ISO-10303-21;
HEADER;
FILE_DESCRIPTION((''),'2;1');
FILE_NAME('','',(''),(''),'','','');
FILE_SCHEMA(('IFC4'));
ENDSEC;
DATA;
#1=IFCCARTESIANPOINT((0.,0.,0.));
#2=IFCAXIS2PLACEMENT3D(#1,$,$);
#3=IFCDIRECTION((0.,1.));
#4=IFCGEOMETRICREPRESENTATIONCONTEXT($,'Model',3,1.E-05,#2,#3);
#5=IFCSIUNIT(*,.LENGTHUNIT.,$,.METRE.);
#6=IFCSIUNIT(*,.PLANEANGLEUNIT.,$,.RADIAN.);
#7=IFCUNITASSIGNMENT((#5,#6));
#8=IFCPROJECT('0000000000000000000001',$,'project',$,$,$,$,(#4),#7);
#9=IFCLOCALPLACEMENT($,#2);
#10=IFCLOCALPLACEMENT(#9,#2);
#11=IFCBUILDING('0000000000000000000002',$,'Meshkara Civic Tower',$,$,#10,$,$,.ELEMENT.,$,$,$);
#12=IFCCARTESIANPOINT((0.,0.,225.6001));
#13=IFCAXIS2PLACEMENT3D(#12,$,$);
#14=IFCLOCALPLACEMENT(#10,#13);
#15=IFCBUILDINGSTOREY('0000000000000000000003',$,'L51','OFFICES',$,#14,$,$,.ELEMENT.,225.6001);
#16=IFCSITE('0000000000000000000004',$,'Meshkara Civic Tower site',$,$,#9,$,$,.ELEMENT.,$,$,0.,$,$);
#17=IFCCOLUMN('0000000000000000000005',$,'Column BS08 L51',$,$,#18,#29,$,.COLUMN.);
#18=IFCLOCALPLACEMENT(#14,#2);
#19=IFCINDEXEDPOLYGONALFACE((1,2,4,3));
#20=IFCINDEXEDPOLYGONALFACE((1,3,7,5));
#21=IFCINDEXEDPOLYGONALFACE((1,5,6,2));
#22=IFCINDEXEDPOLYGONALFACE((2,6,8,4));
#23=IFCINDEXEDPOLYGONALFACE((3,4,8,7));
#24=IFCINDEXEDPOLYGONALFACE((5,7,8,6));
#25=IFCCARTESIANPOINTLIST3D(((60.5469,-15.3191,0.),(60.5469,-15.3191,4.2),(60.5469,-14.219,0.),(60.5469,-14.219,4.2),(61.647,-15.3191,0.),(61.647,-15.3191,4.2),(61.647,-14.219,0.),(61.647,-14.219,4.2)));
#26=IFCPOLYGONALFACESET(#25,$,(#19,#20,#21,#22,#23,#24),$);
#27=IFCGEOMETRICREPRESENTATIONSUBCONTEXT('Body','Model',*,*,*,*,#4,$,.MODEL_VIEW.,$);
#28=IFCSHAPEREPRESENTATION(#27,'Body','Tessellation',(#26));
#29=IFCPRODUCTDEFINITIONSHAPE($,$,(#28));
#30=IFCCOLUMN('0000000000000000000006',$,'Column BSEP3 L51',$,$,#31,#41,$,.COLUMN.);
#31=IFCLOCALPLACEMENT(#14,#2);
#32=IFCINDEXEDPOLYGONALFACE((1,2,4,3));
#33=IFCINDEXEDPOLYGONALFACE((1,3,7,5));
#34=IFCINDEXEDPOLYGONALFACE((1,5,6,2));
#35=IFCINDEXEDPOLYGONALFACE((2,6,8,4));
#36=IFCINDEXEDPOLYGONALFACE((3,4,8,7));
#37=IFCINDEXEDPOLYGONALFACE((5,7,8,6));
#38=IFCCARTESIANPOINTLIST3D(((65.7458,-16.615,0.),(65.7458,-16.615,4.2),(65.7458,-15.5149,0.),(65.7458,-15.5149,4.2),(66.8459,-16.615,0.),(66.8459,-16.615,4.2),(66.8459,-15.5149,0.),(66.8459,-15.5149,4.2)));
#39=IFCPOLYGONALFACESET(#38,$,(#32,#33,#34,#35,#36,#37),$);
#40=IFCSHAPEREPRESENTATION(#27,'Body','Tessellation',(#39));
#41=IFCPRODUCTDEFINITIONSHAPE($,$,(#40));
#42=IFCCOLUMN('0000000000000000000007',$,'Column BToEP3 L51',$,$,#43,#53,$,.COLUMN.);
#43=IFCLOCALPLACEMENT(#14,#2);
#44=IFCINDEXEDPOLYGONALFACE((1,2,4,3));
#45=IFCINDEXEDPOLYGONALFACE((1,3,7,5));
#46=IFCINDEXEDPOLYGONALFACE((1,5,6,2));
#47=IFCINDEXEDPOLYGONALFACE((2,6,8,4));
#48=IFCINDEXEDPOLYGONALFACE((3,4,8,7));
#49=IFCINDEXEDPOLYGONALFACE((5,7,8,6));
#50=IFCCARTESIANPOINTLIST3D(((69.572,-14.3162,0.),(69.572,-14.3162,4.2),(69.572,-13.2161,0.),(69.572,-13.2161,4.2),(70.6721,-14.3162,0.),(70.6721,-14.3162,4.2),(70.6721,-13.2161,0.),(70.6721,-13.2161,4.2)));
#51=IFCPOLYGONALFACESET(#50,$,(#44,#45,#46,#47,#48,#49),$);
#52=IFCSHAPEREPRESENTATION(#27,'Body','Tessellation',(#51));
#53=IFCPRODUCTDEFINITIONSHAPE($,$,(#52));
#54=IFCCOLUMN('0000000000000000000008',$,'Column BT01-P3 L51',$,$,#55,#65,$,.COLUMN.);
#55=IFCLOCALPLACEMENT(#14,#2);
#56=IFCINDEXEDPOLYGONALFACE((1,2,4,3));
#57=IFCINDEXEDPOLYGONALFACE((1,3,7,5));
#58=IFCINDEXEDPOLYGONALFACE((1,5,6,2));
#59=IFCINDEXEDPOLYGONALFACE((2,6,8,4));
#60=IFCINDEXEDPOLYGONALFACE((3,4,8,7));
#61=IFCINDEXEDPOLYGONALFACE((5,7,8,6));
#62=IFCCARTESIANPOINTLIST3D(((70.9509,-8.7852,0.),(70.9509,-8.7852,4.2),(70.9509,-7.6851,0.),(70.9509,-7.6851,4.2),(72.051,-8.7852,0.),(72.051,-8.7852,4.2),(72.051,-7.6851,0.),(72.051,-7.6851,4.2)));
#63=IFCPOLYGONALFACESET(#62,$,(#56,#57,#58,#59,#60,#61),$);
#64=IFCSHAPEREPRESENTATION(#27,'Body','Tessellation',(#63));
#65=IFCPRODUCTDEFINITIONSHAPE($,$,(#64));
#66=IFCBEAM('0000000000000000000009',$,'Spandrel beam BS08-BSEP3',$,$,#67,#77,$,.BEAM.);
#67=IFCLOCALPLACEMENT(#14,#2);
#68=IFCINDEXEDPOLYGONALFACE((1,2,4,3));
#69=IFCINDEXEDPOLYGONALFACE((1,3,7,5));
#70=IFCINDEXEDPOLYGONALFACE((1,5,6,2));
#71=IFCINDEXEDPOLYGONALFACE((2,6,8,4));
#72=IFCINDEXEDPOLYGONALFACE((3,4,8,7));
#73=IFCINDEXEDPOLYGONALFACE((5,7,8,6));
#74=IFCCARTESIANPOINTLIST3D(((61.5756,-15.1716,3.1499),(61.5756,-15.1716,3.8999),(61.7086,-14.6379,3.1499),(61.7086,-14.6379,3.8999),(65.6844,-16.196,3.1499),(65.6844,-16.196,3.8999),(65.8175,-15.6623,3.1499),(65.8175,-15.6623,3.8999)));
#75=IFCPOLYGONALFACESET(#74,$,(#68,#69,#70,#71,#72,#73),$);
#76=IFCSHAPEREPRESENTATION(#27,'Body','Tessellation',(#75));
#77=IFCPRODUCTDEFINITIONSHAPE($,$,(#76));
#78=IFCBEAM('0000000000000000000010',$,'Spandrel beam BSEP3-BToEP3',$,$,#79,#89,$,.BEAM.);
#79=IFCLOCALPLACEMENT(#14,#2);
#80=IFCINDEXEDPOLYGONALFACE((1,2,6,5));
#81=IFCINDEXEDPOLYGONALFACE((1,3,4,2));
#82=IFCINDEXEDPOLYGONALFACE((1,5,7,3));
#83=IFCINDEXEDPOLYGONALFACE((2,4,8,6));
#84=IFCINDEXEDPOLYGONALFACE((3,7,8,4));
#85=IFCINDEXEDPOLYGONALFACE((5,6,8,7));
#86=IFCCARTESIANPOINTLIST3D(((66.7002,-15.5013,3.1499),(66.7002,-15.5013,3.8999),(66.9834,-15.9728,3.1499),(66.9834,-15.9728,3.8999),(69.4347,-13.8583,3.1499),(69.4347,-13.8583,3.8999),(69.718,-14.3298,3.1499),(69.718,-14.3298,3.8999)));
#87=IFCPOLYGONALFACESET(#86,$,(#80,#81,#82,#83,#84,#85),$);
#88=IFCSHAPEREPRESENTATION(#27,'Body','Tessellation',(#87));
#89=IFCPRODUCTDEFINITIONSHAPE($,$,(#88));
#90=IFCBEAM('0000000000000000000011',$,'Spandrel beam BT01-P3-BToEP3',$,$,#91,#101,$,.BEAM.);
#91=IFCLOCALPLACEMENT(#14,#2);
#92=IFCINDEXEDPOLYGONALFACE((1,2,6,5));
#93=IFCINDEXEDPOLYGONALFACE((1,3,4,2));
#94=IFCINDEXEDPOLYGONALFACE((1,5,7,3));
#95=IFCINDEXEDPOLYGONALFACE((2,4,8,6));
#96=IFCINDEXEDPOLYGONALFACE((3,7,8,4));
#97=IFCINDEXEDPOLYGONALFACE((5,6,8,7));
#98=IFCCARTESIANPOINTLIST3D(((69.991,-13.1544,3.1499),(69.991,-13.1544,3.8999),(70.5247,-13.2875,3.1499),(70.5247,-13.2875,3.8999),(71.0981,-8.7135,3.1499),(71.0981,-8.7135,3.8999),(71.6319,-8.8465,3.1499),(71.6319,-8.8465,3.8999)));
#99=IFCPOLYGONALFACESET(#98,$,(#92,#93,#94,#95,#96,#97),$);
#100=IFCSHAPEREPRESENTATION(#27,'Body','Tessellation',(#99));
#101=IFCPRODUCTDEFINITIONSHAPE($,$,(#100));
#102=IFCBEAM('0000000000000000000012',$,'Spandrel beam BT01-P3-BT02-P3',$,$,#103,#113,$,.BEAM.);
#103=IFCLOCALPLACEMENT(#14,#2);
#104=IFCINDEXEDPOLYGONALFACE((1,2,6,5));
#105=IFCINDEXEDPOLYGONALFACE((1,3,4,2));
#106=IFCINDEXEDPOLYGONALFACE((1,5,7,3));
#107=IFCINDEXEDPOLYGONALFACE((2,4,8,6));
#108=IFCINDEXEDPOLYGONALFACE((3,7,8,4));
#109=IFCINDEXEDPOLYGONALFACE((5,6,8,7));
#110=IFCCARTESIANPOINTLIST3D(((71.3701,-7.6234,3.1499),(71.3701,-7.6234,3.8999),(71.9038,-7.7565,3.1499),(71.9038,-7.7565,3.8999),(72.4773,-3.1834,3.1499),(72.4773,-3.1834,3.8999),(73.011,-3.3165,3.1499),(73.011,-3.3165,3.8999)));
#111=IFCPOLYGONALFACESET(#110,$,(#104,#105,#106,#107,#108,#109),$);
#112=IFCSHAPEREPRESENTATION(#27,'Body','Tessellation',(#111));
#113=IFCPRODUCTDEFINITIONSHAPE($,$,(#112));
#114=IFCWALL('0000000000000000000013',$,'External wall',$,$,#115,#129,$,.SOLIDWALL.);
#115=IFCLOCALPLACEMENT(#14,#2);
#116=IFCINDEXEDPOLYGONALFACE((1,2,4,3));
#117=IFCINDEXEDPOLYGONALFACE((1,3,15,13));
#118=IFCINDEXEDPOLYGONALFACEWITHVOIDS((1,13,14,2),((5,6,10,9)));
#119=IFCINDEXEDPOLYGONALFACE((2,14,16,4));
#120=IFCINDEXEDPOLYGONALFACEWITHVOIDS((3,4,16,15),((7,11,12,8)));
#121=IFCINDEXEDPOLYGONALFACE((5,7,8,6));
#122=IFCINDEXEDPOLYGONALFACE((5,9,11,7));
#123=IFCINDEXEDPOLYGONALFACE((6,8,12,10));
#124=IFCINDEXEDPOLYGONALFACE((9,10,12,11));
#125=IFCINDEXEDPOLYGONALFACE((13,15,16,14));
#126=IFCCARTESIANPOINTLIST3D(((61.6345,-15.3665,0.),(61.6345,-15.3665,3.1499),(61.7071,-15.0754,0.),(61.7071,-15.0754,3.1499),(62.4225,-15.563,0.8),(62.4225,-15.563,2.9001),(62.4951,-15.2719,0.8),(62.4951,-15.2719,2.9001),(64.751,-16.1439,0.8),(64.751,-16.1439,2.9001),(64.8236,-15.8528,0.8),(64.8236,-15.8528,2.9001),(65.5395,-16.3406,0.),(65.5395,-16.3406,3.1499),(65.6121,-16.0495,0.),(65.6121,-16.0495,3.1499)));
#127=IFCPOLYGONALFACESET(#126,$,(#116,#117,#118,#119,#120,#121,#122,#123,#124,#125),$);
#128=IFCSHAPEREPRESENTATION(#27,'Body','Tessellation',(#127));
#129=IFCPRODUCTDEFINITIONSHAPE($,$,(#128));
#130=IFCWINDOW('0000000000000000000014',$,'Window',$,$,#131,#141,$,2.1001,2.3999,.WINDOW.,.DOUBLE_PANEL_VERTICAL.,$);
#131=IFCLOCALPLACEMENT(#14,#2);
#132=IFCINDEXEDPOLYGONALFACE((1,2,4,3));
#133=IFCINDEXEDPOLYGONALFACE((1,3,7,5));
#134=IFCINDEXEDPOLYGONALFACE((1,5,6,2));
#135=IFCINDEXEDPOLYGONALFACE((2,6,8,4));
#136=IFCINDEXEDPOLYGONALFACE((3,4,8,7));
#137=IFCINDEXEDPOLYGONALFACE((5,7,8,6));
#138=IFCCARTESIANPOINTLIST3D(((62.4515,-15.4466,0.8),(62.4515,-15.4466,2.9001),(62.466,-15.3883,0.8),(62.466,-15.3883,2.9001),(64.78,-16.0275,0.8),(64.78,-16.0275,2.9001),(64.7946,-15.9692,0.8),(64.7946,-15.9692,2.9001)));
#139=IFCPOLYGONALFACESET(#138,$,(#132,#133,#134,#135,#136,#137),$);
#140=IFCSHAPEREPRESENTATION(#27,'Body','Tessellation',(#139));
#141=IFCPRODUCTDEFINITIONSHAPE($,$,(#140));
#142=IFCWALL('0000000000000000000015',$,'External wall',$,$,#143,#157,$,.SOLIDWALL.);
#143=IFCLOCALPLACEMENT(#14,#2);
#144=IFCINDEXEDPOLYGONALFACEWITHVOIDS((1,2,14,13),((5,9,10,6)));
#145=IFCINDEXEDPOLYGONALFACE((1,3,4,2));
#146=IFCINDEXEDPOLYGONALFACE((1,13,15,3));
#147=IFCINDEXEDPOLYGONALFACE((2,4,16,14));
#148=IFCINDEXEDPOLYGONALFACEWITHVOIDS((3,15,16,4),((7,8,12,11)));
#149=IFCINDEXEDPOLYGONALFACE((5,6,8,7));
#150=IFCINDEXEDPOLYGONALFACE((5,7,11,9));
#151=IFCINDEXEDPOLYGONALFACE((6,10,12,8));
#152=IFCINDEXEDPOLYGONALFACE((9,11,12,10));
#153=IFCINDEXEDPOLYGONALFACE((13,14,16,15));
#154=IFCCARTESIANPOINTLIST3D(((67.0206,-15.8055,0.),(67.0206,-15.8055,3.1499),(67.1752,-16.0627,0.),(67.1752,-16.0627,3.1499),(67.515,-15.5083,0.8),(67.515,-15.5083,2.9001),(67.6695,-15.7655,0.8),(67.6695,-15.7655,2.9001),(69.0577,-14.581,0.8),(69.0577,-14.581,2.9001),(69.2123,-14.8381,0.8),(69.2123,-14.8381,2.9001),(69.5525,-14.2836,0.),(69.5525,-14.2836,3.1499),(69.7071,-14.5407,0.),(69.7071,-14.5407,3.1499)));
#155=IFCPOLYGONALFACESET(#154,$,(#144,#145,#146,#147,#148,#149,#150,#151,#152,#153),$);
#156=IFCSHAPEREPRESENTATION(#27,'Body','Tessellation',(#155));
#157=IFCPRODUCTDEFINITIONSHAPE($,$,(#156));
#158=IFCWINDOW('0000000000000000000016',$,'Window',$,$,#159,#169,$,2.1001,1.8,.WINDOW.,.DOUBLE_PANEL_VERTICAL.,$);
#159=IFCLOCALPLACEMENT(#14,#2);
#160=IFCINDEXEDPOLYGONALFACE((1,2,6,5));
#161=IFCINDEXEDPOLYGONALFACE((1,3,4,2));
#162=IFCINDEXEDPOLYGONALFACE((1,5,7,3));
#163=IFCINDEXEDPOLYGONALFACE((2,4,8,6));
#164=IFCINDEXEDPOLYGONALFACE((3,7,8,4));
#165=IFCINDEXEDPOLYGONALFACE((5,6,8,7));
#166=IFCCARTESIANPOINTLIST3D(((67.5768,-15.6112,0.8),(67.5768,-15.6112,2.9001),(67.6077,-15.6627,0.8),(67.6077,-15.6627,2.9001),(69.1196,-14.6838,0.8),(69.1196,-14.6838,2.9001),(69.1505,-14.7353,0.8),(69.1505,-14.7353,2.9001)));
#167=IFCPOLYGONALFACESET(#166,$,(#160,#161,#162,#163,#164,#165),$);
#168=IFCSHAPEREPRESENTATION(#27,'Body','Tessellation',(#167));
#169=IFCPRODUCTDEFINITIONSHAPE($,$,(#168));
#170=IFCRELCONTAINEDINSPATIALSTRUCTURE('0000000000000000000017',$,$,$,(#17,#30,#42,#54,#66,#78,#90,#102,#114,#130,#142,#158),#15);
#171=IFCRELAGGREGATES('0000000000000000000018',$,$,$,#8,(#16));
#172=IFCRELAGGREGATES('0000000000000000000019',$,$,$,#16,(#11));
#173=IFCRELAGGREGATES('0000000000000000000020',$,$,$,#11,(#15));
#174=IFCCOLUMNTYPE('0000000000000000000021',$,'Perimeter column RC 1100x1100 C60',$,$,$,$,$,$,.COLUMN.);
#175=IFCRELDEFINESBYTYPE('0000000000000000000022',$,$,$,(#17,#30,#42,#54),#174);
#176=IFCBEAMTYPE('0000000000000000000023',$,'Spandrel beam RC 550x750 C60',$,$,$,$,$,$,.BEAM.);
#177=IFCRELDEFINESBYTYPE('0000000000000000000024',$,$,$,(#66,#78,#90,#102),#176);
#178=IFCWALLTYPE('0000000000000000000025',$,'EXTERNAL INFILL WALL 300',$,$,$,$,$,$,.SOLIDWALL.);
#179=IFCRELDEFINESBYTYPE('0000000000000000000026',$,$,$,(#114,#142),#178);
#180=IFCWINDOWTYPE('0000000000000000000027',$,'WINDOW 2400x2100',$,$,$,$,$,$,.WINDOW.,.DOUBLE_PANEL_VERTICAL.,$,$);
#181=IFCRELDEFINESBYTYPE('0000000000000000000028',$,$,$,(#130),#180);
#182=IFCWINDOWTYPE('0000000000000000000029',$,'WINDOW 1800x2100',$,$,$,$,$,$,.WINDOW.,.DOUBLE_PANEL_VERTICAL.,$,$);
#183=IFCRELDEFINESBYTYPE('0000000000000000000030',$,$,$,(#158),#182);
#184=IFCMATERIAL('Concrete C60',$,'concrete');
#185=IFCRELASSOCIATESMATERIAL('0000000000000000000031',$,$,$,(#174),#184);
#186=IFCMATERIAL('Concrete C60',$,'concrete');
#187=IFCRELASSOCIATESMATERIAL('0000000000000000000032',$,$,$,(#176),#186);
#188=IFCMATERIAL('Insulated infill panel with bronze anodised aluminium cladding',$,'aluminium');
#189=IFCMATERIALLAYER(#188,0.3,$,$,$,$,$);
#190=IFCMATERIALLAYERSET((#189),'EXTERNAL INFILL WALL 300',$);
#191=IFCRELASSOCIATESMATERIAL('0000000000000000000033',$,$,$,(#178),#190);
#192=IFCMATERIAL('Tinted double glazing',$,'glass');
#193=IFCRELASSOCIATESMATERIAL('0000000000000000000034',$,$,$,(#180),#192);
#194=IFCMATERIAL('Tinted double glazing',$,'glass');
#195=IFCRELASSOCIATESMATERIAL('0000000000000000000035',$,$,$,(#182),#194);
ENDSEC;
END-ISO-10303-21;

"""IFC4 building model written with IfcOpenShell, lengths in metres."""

from ifc_helpers import new_model, si_unit, direction, frame, frame_2d, origin, origin_2d, place, context, subcontext, project, spatial, rectangle, extrude, material, layer, layer_set, material_profile, profile_set, type_object, element, fill, save


model = new_model("IFC4")

# Units and contexts
model_context = context("Model", 3, precision=1e-05, world=origin(), true_north=direction((0.0, 1.0)))
body_context = subcontext(model_context, "Body", "Model", "MODEL_VIEW")
ifc_project = project(units=[si_unit("LENGTHUNIT", "METRE"), si_unit("PLANEANGLEUNIT", "RADIAN")], contexts=[model_context])

# Site, building, storey
site_placement = place(None, origin())
site = spatial("IfcSite", under=ifc_project, at=site_placement, Name="Meshkara Civic Tower site", CompositionType="ELEMENT", RefElevation=0.0)
building_placement = place(site_placement, origin())
building = spatial("IfcBuilding", under=site, at=building_placement, Name="Meshkara Civic Tower", CompositionType="ELEMENT")
storey_placement = place(building_placement, frame((0.0, 0.0, 225.6001)))
storey = spatial("IfcBuildingStorey", under=building, at=storey_placement, Name="L51", Description="OFFICES", CompositionType="ELEMENT", Elevation=225.6001)

# Columns
ifc_material_1 = material(Name="Concrete C60", Category="concrete")
ifc_material_profile_1 = material_profile(ifc_material_1, rectangle(XDim=1.1001, YDim=1.1001, at=origin_2d()))
ifc_profile_set_1 = profile_set([ifc_material_profile_1], Name="Concrete C60")
column_type = type_object("IfcColumnType", Name="Perimeter column RC 1100x1100 C60", PredefinedType="COLUMN", material=ifc_profile_set_1)
for number, where, z_axis, x_axis, name in (
    (1, (61.0969, -14.769, 0.0), (0.0, 0.0, 1.0), (1.0, 0.0, 0.0), "Column BS08 L51"),
    (2, (66.2959, -16.0649, 0.0), (0.0, 0.0, 1.0), (1.0, 0.0, 0.0), "Column BSEP3 L51"),
    (3, (70.1221, -13.7661, 0.0), (0.0, 0.0, 1.0), (1.0, 0.0, 0.0), "Column BToEP3 L51"),
    (4, (71.501, -8.2351, 0.0), (0.0, 0.0, 1.0), (1.0, 0.0, 0.0), "Column BT01-P3 L51"),
):
    element("IfcColumn", number, at=place(storey_placement, frame(where, z_axis=z_axis, x_axis=x_axis)), inside=storey, type_object=column_type, Name=name, PredefinedType="COLUMN", context=body_context, shape_type="SweptSolid", body=[
        extrude(rectangle(XDim=1.1001, YDim=1.1001, at=origin_2d()), origin(), (0.0, 0.0, 1.0), 4.2),
    ])

# Beams
ifc_material_2 = material(Name="Concrete C60", Category="concrete")
ifc_material_profile_2 = material_profile(ifc_material_2, rectangle(XDim=0.55, YDim=0.75, at=origin_2d()))
ifc_profile_set_2 = profile_set([ifc_material_profile_2], Name="Concrete C60")
beam_type = type_object("IfcBeamType", Name="Spandrel beam RC 550x750 C60", PredefinedType="BEAM", material=ifc_profile_set_2)
beam_1_placement = place(storey_placement, frame((61.6421, -14.9048, 3.5249), z_axis=(0.970298, -0.241912, 0.0), x_axis=(0.241912, 0.970298, 0.0)))
element("IfcBeam", 5, at=beam_1_placement, inside=storey, type_object=beam_type, Name="Spandrel beam BS08-BSEP3", PredefinedType="BEAM", context=body_context, shape_type="SweptSolid", body=[
    extrude(rectangle(XDim=0.55, YDim=0.75, at=origin_2d()), origin(), (0.0, 0.0, 1.0), 4.2346),
])
beam_2_placement = place(storey_placement, frame((66.8418, -15.7371, 3.5249), z_axis=(0.857175, 0.515025, 0.0), x_axis=(-0.515025, 0.857175, 0.0)))
element("IfcBeam", 6, at=beam_2_placement, inside=storey, type_object=beam_type, Name="Spandrel beam BSEP3-BToEP3", PredefinedType="BEAM", context=body_context, shape_type="SweptSolid", body=[
    extrude(rectangle(XDim=0.55, YDim=0.75, at=origin_2d()), origin(), (0.0, 0.0, 1.0), 3.1902),
])
beam_3_placement = place(storey_placement, frame((70.2578, -13.2209, 3.5249), z_axis=(0.241908, 0.970299, 0.0), x_axis=(-0.970299, 0.241908, 0.0)))
element("IfcBeam", 7, at=beam_3_placement, inside=storey, type_object=beam_type, Name="Spandrel beam BT01-P3-BToEP3", PredefinedType="BEAM", context=body_context, shape_type="SweptSolid", body=[
    extrude(rectangle(XDim=0.55, YDim=0.75, at=origin_2d()), origin(), (0.0, 0.0, 1.0), 4.5769),
])
beam_4_placement = place(storey_placement, frame((71.637, -7.6899, 3.5249), z_axis=(0.241958, 0.970287, 0.0), x_axis=(-0.970287, 0.241958, 0.0)))
element("IfcBeam", 8, at=beam_4_placement, inside=storey, type_object=beam_type, Name="Spandrel beam BT01-P3-BT02-P3", PredefinedType="BEAM", context=body_context, shape_type="SweptSolid", body=[
    extrude(rectangle(XDim=0.55, YDim=0.75, at=origin_2d()), origin(), (0.0, 0.0, 1.0), 4.5759),
])

# Walls, openings, windows
ifc_material_3 = material(Name="Insulated infill panel with bronze anodised aluminium cladding", Category="aluminium")
ifc_layer_1 = layer(ifc_material_3, 0.3)
ifc_layer_set_1 = layer_set([ifc_layer_1], Name="EXTERNAL INFILL WALL 300")
wall_type_1 = type_object("IfcWallType", Name="EXTERNAL INFILL WALL 300", PredefinedType="SOLIDWALL", material=ifc_layer_set_1)
wall_1_placement = place(storey_placement, frame((61.6709, -15.2209, 0.0), z_axis=(0.0, 0.0, 1.0), x_axis=(0.970267, -0.242036, 0.0)))
wall_1 = element("IfcWall", 9, at=wall_1_placement, inside=storey, type_object=wall_type_1, Name="External wall", PredefinedType="SOLIDWALL", context=body_context, shape_type="SweptSolid", body=[
    extrude(rectangle(XDim=4.0247, YDim=0.3, at=frame_2d((2.0122, 0.0))), origin(), (0.0, 0.0, 1.0), 3.1499),
])
opening_1_placement = place(wall_1_placement, frame((0.812, 0.0, 0.8)))
opening_1 = element("IfcOpeningElement", 10, at=opening_1_placement, cuts=wall_1, PredefinedType="OPENING", context=body_context, shape_type="SweptSolid", body=[
    extrude(rectangle(XDim=2.3999, YDim=2.1001, at=frame_2d((1.2, 1.05))), frame((0.0, 0.1599, 0.0), z_axis=(0.0, -1.0, 0.0), x_axis=(1.0, 0.0, 0.0)), (0.0, 0.0, 1.0), 0.3201),
])
ifc_material_4 = material(Name="Tinted double glazing", Category="glass")
window_type_1 = type_object("IfcWindowType", Name="WINDOW 2400x2100", PartitioningType="DOUBLE_PANEL_VERTICAL", PredefinedType="WINDOW", material=ifc_material_4)
window_1_placement = place(opening_1_placement, origin())
window_1 = element("IfcWindow", 11, at=window_1_placement, inside=storey, type_object=window_type_1, Name="Window", OverallHeight=2.1001, OverallWidth=2.3999, PartitioningType="DOUBLE_PANEL_VERTICAL", PredefinedType="WINDOW", context=body_context, shape_type="SweptSolid", body=[
    extrude(rectangle(XDim=2.3999, YDim=2.1001, at=frame_2d((1.2, 1.05))), frame((0.0, 0.03, 0.0), z_axis=(0.0, -1.0, 0.0), x_axis=(1.0, 0.0, 0.0)), (0.0, 0.0, 1.0), 0.0601),
])
fill(opening_1, window_1)
wall_2_placement = place(storey_placement, frame((67.0979, -15.9341, 0.0), z_axis=(0.0, 0.0, 1.0), x_axis=(0.857077, 0.515188, 0.0)))
wall_2 = element("IfcWall", 12, at=wall_2_placement, inside=storey, type_object=wall_type_1, Name="External wall", PredefinedType="SOLIDWALL", context=body_context, shape_type="SweptSolid", body=[
    extrude(rectangle(XDim=2.9541, YDim=0.3, at=frame_2d((1.4771, 0.0))), origin(), (0.0, 0.0, 1.0), 3.1499),
])
opening_2_placement = place(wall_2_placement, frame((0.5769, 0.0, 0.8)))
opening_2 = element("IfcOpeningElement", 13, at=opening_2_placement, cuts=wall_2, PredefinedType="OPENING", context=body_context, shape_type="SweptSolid", body=[
    extrude(rectangle(XDim=1.8, YDim=2.1001, at=frame_2d((0.8999, 1.05))), frame((0.0, 0.1599, 0.0), z_axis=(0.0, -1.0, 0.0), x_axis=(1.0, 0.0, 0.0)), (0.0, 0.0, 1.0), 0.3201),
])
ifc_material_5 = material(Name="Tinted double glazing", Category="glass")
window_type_2 = type_object("IfcWindowType", Name="WINDOW 1800x2100", PartitioningType="DOUBLE_PANEL_VERTICAL", PredefinedType="WINDOW", material=ifc_material_5)
window_2_placement = place(opening_2_placement, origin())
window_2 = element("IfcWindow", 14, at=window_2_placement, inside=storey, type_object=window_type_2, Name="Window", OverallHeight=2.1001, OverallWidth=1.8, PartitioningType="DOUBLE_PANEL_VERTICAL", PredefinedType="WINDOW", context=body_context, shape_type="SweptSolid", body=[
    extrude(rectangle(XDim=1.8, YDim=2.1001, at=frame_2d((0.8999, 1.05))), frame((0.0, 0.03, 0.0), z_axis=(0.0, -1.0, 0.0), x_axis=(1.0, 0.0, 0.0)), (0.0, 0.0, 1.0), 0.0601),
])
fill(opening_2, window_2)

save(model, "model.ifc")
